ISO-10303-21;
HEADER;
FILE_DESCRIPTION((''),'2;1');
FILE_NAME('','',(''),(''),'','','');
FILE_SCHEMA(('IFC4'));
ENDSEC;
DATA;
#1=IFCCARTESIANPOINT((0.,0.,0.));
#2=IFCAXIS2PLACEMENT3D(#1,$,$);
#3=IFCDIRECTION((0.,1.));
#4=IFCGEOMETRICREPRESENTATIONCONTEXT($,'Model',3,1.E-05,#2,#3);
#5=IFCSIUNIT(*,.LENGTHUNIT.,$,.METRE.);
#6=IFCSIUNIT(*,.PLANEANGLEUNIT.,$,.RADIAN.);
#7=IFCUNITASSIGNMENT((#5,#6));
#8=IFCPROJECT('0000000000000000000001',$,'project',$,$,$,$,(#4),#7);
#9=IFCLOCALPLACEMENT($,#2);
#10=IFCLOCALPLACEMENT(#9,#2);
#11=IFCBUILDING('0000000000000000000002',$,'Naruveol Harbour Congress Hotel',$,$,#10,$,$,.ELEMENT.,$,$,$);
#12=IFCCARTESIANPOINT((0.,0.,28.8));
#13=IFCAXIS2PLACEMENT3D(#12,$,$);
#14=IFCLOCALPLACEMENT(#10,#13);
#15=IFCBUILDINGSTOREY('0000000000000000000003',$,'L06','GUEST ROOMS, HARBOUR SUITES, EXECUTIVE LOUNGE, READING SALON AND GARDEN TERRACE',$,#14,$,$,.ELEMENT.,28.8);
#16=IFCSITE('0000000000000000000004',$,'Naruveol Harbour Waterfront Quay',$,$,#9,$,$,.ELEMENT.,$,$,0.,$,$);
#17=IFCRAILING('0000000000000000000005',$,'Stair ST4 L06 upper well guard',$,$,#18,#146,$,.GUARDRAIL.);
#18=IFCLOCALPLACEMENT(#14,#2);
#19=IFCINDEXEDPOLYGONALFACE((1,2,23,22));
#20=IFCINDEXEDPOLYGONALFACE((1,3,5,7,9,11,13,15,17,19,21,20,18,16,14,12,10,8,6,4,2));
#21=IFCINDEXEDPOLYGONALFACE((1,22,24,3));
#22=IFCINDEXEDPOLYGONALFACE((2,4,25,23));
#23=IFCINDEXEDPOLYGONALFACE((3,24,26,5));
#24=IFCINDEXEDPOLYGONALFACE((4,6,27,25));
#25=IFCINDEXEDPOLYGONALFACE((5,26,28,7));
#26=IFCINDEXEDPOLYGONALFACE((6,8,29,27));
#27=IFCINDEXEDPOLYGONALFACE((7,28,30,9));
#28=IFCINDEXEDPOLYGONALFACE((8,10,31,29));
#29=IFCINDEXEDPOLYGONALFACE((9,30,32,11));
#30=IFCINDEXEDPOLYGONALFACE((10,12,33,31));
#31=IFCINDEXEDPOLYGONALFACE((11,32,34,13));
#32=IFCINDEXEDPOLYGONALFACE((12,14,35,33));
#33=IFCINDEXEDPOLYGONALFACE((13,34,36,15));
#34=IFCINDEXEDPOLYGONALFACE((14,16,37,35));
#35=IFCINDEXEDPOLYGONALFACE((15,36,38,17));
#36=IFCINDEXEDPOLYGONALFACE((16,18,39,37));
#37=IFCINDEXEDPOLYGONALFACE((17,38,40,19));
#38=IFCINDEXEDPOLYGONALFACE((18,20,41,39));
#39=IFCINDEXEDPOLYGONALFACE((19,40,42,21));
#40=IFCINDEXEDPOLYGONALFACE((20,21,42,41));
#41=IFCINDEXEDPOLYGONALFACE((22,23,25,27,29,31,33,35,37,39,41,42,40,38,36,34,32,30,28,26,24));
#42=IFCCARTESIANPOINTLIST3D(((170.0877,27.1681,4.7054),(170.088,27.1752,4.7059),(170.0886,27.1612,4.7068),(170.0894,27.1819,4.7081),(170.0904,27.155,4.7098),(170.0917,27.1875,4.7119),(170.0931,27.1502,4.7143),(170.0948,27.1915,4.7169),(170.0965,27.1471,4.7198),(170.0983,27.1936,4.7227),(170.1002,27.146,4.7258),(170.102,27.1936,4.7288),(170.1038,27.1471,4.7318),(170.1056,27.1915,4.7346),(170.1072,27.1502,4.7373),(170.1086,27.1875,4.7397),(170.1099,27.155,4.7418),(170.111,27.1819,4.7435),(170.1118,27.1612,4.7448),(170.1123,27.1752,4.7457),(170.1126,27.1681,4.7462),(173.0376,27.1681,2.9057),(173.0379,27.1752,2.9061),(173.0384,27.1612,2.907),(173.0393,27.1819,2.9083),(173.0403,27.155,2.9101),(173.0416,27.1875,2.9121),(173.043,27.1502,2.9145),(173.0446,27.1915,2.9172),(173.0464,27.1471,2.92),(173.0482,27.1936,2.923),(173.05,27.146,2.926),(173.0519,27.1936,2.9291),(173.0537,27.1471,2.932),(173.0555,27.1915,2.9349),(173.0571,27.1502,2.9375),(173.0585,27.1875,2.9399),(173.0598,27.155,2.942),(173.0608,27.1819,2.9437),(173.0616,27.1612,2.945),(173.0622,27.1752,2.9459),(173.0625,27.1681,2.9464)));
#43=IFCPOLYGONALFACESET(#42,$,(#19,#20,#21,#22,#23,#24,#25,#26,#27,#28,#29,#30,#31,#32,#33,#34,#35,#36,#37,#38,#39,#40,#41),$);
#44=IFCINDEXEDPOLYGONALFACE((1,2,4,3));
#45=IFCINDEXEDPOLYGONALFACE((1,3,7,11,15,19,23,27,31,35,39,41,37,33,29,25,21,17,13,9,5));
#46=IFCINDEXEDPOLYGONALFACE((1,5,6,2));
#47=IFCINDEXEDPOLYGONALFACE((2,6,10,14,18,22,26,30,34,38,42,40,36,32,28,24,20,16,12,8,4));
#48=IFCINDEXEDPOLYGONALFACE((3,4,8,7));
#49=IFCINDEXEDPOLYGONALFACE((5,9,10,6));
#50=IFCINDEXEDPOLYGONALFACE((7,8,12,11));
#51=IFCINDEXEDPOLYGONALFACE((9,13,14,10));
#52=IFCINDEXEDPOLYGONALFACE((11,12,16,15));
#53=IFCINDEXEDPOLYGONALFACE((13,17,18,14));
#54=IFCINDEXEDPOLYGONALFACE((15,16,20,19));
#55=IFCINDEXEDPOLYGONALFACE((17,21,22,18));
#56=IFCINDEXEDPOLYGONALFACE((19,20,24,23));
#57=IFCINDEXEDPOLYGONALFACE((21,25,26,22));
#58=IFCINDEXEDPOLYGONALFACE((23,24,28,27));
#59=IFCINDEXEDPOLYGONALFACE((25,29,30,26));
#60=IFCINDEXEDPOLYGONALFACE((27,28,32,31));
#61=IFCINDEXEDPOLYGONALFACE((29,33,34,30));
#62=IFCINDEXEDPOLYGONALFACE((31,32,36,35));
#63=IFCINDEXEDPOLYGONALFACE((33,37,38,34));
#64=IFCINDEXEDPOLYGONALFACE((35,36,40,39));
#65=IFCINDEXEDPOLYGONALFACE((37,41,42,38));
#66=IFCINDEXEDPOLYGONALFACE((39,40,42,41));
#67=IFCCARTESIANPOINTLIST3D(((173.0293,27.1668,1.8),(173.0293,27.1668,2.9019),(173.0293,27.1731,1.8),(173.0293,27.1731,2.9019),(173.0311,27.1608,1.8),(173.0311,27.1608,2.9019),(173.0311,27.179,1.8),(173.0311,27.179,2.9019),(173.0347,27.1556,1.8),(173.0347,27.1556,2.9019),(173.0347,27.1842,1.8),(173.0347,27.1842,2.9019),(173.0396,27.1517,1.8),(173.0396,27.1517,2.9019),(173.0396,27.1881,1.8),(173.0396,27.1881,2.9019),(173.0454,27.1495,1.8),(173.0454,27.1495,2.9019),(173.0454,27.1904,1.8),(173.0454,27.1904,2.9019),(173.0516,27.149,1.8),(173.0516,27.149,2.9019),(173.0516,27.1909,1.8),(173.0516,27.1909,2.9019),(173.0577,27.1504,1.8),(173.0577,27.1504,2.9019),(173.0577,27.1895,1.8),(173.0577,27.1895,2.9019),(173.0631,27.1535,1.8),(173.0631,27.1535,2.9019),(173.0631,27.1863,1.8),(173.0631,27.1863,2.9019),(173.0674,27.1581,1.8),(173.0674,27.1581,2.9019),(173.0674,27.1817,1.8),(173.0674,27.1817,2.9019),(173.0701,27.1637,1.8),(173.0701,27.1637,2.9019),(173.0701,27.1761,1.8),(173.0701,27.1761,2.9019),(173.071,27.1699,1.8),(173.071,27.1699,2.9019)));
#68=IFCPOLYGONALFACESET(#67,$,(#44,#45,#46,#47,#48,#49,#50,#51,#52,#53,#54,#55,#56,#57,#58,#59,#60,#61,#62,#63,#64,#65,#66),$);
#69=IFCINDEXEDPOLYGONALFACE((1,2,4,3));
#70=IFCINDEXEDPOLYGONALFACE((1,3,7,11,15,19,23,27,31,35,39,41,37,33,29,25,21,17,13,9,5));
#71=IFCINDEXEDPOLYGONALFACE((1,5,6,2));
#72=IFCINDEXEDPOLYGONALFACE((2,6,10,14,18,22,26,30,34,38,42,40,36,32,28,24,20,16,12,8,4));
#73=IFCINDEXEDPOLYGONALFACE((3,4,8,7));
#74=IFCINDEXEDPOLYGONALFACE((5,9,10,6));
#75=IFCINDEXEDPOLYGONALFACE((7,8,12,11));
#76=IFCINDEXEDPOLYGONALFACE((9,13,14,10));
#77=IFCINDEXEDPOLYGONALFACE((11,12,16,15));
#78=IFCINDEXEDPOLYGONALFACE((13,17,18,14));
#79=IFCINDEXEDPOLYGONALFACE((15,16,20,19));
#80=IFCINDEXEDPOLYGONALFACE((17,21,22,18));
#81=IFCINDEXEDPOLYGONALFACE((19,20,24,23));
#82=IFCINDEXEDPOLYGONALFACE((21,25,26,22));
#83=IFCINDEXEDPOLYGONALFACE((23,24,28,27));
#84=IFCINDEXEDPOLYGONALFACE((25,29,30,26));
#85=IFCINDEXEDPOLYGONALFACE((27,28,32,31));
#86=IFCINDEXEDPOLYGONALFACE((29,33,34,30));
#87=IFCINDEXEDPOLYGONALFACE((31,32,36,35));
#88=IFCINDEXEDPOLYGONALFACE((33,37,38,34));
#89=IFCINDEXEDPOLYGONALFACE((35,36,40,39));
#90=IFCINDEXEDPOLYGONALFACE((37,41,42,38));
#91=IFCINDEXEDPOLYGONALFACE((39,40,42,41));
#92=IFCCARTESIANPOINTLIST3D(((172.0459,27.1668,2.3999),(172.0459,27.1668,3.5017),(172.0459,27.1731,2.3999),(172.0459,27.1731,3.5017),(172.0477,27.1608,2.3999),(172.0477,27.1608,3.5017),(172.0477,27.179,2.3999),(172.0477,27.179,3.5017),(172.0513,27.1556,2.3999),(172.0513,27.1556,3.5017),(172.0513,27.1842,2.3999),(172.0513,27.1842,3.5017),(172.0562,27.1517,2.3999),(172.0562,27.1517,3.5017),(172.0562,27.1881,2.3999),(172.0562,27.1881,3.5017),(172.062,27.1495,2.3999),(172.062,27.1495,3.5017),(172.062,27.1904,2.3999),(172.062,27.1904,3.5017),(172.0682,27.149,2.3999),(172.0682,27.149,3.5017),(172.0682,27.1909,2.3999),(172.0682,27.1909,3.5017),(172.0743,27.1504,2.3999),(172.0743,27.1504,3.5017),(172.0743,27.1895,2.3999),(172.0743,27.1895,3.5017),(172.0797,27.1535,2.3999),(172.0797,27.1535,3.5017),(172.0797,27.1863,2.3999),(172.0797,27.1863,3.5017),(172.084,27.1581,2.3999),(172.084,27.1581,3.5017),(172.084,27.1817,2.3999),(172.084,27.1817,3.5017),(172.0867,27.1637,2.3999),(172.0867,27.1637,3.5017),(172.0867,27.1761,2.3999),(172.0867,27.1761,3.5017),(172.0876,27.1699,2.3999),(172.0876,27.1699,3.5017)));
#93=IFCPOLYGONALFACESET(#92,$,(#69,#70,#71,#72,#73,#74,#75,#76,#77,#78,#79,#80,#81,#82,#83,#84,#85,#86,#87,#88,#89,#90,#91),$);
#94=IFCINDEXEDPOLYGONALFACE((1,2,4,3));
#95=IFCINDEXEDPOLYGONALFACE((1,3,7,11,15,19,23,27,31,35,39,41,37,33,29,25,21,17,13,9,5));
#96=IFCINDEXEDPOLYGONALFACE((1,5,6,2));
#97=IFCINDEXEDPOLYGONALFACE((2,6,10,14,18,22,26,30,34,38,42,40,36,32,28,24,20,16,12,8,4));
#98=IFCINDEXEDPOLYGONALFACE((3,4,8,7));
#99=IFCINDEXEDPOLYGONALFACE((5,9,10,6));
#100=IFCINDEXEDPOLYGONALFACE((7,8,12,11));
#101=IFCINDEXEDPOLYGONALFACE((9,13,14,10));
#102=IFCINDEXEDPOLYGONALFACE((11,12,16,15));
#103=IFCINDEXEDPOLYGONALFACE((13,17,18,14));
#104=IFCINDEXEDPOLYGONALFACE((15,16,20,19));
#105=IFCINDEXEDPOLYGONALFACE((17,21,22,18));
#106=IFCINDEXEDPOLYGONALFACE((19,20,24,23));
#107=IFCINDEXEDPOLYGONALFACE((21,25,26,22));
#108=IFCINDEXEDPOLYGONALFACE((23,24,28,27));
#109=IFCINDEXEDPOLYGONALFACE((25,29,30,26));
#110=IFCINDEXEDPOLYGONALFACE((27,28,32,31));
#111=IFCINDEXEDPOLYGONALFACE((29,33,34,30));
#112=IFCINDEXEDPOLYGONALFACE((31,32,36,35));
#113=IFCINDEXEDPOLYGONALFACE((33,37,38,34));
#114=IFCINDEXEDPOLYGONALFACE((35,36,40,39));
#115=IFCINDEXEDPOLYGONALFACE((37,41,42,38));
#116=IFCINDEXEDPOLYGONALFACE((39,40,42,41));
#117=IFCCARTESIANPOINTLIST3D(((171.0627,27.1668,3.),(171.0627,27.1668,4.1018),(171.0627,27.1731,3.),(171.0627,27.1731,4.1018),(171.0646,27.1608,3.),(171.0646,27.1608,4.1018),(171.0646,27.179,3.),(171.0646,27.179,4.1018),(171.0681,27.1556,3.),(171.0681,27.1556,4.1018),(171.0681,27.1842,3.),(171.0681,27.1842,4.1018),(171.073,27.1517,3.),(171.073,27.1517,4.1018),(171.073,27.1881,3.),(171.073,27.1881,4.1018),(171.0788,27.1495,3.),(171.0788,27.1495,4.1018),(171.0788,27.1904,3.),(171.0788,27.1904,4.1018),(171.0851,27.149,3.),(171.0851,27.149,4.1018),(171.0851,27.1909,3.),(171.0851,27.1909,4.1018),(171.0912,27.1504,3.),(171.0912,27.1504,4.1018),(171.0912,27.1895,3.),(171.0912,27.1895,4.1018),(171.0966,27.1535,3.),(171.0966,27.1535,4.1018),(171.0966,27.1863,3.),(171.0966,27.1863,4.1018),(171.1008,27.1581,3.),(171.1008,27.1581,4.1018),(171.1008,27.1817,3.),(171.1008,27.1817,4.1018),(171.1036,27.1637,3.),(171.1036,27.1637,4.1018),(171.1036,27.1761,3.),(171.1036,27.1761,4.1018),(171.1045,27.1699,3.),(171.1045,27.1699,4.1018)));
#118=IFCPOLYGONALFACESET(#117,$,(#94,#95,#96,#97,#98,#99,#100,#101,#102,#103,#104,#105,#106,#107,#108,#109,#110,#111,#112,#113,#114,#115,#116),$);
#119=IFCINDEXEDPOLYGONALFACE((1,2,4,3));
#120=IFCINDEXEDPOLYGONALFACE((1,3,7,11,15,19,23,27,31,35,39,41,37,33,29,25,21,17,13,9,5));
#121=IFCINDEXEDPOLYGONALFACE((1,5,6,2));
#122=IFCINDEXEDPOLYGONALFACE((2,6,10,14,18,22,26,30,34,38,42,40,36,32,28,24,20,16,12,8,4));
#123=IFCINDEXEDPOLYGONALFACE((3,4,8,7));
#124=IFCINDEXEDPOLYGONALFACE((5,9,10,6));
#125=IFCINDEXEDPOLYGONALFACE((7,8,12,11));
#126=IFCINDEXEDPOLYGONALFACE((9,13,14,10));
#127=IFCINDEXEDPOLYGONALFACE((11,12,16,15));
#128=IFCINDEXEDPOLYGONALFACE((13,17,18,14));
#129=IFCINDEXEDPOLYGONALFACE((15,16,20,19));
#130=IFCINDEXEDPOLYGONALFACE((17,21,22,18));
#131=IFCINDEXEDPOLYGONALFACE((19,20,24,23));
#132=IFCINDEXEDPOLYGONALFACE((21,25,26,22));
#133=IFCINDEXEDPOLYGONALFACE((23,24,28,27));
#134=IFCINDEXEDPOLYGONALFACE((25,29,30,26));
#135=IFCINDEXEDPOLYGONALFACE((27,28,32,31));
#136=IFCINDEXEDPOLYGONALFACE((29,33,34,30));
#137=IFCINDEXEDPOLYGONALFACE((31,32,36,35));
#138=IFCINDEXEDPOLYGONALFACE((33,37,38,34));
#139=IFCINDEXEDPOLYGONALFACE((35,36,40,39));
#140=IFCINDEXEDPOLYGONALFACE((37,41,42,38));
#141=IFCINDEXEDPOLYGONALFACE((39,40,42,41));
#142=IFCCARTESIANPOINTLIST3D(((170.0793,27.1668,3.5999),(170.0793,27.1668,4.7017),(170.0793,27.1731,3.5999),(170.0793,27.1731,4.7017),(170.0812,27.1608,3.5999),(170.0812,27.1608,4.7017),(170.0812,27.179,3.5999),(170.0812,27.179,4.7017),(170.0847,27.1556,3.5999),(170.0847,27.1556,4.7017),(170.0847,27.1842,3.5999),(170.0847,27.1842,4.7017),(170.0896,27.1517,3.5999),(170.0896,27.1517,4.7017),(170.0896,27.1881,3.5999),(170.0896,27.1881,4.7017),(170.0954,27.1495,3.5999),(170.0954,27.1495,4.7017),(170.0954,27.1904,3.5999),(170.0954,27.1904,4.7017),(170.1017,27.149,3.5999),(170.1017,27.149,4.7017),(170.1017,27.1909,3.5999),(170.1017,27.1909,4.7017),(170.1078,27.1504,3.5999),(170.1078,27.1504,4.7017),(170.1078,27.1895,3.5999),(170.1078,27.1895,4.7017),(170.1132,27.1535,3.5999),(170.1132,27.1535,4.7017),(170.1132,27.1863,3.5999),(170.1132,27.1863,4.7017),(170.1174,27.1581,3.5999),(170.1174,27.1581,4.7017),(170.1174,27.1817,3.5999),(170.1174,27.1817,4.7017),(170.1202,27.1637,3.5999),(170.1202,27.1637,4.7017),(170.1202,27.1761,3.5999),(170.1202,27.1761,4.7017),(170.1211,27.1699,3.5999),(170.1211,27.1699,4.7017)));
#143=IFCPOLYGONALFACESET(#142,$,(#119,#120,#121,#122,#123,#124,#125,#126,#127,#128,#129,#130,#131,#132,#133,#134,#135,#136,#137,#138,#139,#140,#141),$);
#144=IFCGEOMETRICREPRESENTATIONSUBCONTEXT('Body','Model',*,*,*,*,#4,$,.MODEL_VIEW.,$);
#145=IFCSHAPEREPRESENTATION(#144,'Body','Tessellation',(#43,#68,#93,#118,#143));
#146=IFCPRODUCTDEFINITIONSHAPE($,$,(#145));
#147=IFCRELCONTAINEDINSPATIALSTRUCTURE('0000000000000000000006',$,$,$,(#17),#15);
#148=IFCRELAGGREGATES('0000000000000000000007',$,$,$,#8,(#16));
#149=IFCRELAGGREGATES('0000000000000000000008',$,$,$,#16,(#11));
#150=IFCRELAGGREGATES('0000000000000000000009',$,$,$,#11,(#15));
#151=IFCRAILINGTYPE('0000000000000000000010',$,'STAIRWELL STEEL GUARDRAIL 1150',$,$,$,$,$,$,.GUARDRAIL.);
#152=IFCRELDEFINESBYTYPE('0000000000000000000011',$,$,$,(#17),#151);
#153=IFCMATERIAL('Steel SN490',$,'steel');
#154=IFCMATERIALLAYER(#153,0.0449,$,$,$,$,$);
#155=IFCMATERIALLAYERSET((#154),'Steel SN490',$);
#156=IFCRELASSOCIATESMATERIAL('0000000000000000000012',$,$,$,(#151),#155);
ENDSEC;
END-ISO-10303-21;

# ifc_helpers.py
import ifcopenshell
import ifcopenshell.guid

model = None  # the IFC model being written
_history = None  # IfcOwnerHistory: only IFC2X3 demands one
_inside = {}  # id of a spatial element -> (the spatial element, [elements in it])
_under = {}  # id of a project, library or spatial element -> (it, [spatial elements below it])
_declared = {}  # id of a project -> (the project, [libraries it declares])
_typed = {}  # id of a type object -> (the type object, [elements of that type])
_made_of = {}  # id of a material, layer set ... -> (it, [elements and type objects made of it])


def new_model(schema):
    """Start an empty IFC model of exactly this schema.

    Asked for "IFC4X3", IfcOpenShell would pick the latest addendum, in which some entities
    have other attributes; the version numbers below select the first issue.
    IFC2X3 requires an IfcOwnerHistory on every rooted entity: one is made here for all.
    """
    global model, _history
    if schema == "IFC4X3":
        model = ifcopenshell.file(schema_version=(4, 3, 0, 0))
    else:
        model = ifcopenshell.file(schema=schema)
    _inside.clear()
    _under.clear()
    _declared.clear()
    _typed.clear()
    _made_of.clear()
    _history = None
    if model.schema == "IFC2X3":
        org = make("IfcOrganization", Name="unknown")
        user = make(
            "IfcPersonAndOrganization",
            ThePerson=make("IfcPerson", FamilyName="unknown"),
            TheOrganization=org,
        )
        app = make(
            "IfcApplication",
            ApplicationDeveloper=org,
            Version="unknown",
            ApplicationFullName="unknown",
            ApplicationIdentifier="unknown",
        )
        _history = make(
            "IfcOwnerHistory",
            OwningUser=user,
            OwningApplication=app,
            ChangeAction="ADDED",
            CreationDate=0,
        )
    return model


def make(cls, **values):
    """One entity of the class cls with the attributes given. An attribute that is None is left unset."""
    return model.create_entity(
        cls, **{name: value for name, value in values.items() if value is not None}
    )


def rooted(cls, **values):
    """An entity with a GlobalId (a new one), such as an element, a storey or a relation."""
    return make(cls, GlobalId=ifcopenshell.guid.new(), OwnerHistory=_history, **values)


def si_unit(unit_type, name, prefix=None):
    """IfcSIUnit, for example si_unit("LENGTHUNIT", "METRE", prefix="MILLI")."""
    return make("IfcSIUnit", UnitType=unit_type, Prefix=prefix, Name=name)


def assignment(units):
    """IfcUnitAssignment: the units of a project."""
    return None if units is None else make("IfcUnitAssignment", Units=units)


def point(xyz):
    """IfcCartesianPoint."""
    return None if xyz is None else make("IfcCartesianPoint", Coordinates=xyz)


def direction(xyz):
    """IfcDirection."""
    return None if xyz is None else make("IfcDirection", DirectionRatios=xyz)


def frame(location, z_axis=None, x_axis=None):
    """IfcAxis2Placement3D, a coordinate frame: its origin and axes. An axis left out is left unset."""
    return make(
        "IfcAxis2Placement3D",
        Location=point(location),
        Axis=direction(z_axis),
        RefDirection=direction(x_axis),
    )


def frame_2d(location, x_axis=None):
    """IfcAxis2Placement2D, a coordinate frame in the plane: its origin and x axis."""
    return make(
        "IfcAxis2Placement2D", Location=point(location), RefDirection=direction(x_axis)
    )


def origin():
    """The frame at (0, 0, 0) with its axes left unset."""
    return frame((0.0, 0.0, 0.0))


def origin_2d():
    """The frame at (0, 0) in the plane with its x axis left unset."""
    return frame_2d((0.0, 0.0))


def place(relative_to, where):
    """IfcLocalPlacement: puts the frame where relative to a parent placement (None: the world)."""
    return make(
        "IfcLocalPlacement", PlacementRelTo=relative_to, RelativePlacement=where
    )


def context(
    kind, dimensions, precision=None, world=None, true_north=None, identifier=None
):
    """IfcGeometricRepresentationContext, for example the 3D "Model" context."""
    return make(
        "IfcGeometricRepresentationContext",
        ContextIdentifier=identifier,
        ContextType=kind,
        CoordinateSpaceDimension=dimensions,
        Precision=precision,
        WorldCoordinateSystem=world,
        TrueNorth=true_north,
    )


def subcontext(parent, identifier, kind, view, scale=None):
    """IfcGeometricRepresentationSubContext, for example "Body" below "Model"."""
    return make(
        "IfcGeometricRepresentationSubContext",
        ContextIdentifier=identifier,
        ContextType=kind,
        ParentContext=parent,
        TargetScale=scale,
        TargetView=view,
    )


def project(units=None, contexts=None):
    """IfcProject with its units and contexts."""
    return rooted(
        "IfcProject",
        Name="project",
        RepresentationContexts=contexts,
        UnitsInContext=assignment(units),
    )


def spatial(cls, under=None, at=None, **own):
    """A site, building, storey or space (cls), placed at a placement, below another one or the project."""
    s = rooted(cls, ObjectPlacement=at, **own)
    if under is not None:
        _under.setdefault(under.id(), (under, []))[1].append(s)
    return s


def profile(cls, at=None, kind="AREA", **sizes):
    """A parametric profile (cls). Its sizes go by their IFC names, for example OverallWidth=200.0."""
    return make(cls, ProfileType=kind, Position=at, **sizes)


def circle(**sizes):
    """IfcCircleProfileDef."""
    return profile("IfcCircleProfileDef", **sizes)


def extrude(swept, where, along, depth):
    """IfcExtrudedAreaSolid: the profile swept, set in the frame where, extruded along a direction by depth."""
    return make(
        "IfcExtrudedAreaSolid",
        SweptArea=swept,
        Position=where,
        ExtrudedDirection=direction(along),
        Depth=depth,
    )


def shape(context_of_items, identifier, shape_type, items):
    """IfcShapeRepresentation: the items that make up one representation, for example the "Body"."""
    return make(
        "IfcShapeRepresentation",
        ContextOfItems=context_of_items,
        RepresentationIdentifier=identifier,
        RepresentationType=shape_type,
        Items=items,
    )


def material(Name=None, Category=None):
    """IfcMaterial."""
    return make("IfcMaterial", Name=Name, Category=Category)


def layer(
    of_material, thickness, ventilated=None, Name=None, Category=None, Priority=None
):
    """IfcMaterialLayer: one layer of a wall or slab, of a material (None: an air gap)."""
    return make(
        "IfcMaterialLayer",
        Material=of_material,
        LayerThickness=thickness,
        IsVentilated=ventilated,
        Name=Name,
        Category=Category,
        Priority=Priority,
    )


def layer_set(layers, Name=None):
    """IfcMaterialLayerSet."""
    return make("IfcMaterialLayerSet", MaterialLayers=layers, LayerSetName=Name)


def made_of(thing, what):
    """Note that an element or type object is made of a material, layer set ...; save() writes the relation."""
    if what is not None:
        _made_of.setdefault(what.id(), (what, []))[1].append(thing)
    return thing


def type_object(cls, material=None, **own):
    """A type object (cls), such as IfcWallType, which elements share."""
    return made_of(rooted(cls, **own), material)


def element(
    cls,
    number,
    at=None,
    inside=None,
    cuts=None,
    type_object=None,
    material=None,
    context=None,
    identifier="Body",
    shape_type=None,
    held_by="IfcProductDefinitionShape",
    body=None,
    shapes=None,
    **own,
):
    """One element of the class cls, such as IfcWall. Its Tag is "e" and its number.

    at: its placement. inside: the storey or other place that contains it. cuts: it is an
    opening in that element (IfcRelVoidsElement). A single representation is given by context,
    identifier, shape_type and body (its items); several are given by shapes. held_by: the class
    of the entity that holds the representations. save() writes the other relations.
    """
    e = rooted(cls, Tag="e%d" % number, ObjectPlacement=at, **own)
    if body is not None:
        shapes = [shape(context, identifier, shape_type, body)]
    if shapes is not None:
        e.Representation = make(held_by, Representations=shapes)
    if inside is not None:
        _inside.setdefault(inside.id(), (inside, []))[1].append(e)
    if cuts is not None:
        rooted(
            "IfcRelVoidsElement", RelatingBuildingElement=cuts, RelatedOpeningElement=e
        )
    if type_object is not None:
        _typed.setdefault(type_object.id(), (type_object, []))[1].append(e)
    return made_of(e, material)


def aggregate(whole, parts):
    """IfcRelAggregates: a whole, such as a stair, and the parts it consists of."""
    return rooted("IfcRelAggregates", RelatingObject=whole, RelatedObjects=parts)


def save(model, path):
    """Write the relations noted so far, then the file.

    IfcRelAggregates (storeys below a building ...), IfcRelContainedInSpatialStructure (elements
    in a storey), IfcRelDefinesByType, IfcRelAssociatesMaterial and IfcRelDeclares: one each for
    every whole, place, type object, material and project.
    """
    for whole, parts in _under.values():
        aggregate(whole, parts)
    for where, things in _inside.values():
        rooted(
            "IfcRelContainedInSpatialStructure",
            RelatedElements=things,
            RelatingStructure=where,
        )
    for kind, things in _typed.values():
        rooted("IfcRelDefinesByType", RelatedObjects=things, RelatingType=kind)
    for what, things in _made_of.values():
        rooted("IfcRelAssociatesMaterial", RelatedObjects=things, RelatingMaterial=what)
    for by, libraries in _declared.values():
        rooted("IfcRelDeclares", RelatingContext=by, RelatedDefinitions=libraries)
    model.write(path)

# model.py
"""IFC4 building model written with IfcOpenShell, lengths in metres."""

from ifc_helpers import new_model, si_unit, direction, frame, origin, origin_2d, place, context, subcontext, project, spatial, circle, extrude, material, layer, layer_set, type_object, element, save


model = new_model("IFC4")

# Units and contexts
model_context = context("Model", 3, precision=1e-05, world=origin(), true_north=direction((0.0, 1.0)))
body_context = subcontext(model_context, "Body", "Model", "MODEL_VIEW")
ifc_project = project(units=[si_unit("LENGTHUNIT", "METRE"), si_unit("PLANEANGLEUNIT", "RADIAN")], contexts=[model_context])

# Site, building, storey
site_placement = place(None, origin())
site = spatial("IfcSite", under=ifc_project, at=site_placement, Name="Naruveol Harbour Waterfront Quay", CompositionType="ELEMENT", RefElevation=0.0)
building_placement = place(site_placement, origin())
building = spatial("IfcBuilding", under=site, at=building_placement, Name="Naruveol Harbour Congress Hotel", CompositionType="ELEMENT")
storey_placement = place(building_placement, frame((0.0, 0.0, 28.8)))
storey = spatial("IfcBuildingStorey", under=building, at=storey_placement, Name="L06", Description="GUEST ROOMS, HARBOUR SUITES, EXECUTIVE LOUNGE, READING SALON AND GARDEN TERRACE", CompositionType="ELEMENT", Elevation=28.8)

# Railing
ifc_material_1 = material(Name="Steel SN490", Category="steel")
ifc_layer_1 = layer(ifc_material_1, 0.0449)
ifc_layer_set_1 = layer_set([ifc_layer_1], Name="Steel SN490")
railing_type_1 = type_object("IfcRailingType", Name="STAIRWELL STEEL GUARDRAIL 1150", PredefinedType="GUARDRAIL", material=ifc_layer_set_1)
railing_1_placement = place(storey_placement, frame((173.05, 27.1699, 1.8)))
element("IfcRailing", 1, at=railing_1_placement, inside=storey, type_object=railing_type_1, Name="Stair ST4 L06 upper well guard", PredefinedType="GUARDRAIL", context=body_context, shape_type="SweptSolid", body=[
    extrude(circle(Radius=0.0239, at=origin_2d()), frame((0.0, 0.0, 1.126), z_axis=(-0.853661, 0.0, 0.52083), x_axis=(0.0, -1.0, 0.0)), (0.0, 0.0, 1.0), 3.4556),
    extrude(circle(Radius=0.021, at=origin_2d()), origin(), (0.0, 0.0, 1.0), 1.1018),
    extrude(circle(Radius=0.021, at=origin_2d()), frame((-0.9834, 0.0, 0.5999)), (0.0, 0.0, 1.0), 1.1018),
    extrude(circle(Radius=0.021, at=origin_2d()), frame((-1.9666, 0.0, 1.2)), (0.0, 0.0, 1.0), 1.1018),
    extrude(circle(Radius=0.021, at=origin_2d()), frame((-2.95, 0.0, 1.7998)), (0.0, 0.0, 1.0), 1.1018),
])

save(model, "model.ifc")
